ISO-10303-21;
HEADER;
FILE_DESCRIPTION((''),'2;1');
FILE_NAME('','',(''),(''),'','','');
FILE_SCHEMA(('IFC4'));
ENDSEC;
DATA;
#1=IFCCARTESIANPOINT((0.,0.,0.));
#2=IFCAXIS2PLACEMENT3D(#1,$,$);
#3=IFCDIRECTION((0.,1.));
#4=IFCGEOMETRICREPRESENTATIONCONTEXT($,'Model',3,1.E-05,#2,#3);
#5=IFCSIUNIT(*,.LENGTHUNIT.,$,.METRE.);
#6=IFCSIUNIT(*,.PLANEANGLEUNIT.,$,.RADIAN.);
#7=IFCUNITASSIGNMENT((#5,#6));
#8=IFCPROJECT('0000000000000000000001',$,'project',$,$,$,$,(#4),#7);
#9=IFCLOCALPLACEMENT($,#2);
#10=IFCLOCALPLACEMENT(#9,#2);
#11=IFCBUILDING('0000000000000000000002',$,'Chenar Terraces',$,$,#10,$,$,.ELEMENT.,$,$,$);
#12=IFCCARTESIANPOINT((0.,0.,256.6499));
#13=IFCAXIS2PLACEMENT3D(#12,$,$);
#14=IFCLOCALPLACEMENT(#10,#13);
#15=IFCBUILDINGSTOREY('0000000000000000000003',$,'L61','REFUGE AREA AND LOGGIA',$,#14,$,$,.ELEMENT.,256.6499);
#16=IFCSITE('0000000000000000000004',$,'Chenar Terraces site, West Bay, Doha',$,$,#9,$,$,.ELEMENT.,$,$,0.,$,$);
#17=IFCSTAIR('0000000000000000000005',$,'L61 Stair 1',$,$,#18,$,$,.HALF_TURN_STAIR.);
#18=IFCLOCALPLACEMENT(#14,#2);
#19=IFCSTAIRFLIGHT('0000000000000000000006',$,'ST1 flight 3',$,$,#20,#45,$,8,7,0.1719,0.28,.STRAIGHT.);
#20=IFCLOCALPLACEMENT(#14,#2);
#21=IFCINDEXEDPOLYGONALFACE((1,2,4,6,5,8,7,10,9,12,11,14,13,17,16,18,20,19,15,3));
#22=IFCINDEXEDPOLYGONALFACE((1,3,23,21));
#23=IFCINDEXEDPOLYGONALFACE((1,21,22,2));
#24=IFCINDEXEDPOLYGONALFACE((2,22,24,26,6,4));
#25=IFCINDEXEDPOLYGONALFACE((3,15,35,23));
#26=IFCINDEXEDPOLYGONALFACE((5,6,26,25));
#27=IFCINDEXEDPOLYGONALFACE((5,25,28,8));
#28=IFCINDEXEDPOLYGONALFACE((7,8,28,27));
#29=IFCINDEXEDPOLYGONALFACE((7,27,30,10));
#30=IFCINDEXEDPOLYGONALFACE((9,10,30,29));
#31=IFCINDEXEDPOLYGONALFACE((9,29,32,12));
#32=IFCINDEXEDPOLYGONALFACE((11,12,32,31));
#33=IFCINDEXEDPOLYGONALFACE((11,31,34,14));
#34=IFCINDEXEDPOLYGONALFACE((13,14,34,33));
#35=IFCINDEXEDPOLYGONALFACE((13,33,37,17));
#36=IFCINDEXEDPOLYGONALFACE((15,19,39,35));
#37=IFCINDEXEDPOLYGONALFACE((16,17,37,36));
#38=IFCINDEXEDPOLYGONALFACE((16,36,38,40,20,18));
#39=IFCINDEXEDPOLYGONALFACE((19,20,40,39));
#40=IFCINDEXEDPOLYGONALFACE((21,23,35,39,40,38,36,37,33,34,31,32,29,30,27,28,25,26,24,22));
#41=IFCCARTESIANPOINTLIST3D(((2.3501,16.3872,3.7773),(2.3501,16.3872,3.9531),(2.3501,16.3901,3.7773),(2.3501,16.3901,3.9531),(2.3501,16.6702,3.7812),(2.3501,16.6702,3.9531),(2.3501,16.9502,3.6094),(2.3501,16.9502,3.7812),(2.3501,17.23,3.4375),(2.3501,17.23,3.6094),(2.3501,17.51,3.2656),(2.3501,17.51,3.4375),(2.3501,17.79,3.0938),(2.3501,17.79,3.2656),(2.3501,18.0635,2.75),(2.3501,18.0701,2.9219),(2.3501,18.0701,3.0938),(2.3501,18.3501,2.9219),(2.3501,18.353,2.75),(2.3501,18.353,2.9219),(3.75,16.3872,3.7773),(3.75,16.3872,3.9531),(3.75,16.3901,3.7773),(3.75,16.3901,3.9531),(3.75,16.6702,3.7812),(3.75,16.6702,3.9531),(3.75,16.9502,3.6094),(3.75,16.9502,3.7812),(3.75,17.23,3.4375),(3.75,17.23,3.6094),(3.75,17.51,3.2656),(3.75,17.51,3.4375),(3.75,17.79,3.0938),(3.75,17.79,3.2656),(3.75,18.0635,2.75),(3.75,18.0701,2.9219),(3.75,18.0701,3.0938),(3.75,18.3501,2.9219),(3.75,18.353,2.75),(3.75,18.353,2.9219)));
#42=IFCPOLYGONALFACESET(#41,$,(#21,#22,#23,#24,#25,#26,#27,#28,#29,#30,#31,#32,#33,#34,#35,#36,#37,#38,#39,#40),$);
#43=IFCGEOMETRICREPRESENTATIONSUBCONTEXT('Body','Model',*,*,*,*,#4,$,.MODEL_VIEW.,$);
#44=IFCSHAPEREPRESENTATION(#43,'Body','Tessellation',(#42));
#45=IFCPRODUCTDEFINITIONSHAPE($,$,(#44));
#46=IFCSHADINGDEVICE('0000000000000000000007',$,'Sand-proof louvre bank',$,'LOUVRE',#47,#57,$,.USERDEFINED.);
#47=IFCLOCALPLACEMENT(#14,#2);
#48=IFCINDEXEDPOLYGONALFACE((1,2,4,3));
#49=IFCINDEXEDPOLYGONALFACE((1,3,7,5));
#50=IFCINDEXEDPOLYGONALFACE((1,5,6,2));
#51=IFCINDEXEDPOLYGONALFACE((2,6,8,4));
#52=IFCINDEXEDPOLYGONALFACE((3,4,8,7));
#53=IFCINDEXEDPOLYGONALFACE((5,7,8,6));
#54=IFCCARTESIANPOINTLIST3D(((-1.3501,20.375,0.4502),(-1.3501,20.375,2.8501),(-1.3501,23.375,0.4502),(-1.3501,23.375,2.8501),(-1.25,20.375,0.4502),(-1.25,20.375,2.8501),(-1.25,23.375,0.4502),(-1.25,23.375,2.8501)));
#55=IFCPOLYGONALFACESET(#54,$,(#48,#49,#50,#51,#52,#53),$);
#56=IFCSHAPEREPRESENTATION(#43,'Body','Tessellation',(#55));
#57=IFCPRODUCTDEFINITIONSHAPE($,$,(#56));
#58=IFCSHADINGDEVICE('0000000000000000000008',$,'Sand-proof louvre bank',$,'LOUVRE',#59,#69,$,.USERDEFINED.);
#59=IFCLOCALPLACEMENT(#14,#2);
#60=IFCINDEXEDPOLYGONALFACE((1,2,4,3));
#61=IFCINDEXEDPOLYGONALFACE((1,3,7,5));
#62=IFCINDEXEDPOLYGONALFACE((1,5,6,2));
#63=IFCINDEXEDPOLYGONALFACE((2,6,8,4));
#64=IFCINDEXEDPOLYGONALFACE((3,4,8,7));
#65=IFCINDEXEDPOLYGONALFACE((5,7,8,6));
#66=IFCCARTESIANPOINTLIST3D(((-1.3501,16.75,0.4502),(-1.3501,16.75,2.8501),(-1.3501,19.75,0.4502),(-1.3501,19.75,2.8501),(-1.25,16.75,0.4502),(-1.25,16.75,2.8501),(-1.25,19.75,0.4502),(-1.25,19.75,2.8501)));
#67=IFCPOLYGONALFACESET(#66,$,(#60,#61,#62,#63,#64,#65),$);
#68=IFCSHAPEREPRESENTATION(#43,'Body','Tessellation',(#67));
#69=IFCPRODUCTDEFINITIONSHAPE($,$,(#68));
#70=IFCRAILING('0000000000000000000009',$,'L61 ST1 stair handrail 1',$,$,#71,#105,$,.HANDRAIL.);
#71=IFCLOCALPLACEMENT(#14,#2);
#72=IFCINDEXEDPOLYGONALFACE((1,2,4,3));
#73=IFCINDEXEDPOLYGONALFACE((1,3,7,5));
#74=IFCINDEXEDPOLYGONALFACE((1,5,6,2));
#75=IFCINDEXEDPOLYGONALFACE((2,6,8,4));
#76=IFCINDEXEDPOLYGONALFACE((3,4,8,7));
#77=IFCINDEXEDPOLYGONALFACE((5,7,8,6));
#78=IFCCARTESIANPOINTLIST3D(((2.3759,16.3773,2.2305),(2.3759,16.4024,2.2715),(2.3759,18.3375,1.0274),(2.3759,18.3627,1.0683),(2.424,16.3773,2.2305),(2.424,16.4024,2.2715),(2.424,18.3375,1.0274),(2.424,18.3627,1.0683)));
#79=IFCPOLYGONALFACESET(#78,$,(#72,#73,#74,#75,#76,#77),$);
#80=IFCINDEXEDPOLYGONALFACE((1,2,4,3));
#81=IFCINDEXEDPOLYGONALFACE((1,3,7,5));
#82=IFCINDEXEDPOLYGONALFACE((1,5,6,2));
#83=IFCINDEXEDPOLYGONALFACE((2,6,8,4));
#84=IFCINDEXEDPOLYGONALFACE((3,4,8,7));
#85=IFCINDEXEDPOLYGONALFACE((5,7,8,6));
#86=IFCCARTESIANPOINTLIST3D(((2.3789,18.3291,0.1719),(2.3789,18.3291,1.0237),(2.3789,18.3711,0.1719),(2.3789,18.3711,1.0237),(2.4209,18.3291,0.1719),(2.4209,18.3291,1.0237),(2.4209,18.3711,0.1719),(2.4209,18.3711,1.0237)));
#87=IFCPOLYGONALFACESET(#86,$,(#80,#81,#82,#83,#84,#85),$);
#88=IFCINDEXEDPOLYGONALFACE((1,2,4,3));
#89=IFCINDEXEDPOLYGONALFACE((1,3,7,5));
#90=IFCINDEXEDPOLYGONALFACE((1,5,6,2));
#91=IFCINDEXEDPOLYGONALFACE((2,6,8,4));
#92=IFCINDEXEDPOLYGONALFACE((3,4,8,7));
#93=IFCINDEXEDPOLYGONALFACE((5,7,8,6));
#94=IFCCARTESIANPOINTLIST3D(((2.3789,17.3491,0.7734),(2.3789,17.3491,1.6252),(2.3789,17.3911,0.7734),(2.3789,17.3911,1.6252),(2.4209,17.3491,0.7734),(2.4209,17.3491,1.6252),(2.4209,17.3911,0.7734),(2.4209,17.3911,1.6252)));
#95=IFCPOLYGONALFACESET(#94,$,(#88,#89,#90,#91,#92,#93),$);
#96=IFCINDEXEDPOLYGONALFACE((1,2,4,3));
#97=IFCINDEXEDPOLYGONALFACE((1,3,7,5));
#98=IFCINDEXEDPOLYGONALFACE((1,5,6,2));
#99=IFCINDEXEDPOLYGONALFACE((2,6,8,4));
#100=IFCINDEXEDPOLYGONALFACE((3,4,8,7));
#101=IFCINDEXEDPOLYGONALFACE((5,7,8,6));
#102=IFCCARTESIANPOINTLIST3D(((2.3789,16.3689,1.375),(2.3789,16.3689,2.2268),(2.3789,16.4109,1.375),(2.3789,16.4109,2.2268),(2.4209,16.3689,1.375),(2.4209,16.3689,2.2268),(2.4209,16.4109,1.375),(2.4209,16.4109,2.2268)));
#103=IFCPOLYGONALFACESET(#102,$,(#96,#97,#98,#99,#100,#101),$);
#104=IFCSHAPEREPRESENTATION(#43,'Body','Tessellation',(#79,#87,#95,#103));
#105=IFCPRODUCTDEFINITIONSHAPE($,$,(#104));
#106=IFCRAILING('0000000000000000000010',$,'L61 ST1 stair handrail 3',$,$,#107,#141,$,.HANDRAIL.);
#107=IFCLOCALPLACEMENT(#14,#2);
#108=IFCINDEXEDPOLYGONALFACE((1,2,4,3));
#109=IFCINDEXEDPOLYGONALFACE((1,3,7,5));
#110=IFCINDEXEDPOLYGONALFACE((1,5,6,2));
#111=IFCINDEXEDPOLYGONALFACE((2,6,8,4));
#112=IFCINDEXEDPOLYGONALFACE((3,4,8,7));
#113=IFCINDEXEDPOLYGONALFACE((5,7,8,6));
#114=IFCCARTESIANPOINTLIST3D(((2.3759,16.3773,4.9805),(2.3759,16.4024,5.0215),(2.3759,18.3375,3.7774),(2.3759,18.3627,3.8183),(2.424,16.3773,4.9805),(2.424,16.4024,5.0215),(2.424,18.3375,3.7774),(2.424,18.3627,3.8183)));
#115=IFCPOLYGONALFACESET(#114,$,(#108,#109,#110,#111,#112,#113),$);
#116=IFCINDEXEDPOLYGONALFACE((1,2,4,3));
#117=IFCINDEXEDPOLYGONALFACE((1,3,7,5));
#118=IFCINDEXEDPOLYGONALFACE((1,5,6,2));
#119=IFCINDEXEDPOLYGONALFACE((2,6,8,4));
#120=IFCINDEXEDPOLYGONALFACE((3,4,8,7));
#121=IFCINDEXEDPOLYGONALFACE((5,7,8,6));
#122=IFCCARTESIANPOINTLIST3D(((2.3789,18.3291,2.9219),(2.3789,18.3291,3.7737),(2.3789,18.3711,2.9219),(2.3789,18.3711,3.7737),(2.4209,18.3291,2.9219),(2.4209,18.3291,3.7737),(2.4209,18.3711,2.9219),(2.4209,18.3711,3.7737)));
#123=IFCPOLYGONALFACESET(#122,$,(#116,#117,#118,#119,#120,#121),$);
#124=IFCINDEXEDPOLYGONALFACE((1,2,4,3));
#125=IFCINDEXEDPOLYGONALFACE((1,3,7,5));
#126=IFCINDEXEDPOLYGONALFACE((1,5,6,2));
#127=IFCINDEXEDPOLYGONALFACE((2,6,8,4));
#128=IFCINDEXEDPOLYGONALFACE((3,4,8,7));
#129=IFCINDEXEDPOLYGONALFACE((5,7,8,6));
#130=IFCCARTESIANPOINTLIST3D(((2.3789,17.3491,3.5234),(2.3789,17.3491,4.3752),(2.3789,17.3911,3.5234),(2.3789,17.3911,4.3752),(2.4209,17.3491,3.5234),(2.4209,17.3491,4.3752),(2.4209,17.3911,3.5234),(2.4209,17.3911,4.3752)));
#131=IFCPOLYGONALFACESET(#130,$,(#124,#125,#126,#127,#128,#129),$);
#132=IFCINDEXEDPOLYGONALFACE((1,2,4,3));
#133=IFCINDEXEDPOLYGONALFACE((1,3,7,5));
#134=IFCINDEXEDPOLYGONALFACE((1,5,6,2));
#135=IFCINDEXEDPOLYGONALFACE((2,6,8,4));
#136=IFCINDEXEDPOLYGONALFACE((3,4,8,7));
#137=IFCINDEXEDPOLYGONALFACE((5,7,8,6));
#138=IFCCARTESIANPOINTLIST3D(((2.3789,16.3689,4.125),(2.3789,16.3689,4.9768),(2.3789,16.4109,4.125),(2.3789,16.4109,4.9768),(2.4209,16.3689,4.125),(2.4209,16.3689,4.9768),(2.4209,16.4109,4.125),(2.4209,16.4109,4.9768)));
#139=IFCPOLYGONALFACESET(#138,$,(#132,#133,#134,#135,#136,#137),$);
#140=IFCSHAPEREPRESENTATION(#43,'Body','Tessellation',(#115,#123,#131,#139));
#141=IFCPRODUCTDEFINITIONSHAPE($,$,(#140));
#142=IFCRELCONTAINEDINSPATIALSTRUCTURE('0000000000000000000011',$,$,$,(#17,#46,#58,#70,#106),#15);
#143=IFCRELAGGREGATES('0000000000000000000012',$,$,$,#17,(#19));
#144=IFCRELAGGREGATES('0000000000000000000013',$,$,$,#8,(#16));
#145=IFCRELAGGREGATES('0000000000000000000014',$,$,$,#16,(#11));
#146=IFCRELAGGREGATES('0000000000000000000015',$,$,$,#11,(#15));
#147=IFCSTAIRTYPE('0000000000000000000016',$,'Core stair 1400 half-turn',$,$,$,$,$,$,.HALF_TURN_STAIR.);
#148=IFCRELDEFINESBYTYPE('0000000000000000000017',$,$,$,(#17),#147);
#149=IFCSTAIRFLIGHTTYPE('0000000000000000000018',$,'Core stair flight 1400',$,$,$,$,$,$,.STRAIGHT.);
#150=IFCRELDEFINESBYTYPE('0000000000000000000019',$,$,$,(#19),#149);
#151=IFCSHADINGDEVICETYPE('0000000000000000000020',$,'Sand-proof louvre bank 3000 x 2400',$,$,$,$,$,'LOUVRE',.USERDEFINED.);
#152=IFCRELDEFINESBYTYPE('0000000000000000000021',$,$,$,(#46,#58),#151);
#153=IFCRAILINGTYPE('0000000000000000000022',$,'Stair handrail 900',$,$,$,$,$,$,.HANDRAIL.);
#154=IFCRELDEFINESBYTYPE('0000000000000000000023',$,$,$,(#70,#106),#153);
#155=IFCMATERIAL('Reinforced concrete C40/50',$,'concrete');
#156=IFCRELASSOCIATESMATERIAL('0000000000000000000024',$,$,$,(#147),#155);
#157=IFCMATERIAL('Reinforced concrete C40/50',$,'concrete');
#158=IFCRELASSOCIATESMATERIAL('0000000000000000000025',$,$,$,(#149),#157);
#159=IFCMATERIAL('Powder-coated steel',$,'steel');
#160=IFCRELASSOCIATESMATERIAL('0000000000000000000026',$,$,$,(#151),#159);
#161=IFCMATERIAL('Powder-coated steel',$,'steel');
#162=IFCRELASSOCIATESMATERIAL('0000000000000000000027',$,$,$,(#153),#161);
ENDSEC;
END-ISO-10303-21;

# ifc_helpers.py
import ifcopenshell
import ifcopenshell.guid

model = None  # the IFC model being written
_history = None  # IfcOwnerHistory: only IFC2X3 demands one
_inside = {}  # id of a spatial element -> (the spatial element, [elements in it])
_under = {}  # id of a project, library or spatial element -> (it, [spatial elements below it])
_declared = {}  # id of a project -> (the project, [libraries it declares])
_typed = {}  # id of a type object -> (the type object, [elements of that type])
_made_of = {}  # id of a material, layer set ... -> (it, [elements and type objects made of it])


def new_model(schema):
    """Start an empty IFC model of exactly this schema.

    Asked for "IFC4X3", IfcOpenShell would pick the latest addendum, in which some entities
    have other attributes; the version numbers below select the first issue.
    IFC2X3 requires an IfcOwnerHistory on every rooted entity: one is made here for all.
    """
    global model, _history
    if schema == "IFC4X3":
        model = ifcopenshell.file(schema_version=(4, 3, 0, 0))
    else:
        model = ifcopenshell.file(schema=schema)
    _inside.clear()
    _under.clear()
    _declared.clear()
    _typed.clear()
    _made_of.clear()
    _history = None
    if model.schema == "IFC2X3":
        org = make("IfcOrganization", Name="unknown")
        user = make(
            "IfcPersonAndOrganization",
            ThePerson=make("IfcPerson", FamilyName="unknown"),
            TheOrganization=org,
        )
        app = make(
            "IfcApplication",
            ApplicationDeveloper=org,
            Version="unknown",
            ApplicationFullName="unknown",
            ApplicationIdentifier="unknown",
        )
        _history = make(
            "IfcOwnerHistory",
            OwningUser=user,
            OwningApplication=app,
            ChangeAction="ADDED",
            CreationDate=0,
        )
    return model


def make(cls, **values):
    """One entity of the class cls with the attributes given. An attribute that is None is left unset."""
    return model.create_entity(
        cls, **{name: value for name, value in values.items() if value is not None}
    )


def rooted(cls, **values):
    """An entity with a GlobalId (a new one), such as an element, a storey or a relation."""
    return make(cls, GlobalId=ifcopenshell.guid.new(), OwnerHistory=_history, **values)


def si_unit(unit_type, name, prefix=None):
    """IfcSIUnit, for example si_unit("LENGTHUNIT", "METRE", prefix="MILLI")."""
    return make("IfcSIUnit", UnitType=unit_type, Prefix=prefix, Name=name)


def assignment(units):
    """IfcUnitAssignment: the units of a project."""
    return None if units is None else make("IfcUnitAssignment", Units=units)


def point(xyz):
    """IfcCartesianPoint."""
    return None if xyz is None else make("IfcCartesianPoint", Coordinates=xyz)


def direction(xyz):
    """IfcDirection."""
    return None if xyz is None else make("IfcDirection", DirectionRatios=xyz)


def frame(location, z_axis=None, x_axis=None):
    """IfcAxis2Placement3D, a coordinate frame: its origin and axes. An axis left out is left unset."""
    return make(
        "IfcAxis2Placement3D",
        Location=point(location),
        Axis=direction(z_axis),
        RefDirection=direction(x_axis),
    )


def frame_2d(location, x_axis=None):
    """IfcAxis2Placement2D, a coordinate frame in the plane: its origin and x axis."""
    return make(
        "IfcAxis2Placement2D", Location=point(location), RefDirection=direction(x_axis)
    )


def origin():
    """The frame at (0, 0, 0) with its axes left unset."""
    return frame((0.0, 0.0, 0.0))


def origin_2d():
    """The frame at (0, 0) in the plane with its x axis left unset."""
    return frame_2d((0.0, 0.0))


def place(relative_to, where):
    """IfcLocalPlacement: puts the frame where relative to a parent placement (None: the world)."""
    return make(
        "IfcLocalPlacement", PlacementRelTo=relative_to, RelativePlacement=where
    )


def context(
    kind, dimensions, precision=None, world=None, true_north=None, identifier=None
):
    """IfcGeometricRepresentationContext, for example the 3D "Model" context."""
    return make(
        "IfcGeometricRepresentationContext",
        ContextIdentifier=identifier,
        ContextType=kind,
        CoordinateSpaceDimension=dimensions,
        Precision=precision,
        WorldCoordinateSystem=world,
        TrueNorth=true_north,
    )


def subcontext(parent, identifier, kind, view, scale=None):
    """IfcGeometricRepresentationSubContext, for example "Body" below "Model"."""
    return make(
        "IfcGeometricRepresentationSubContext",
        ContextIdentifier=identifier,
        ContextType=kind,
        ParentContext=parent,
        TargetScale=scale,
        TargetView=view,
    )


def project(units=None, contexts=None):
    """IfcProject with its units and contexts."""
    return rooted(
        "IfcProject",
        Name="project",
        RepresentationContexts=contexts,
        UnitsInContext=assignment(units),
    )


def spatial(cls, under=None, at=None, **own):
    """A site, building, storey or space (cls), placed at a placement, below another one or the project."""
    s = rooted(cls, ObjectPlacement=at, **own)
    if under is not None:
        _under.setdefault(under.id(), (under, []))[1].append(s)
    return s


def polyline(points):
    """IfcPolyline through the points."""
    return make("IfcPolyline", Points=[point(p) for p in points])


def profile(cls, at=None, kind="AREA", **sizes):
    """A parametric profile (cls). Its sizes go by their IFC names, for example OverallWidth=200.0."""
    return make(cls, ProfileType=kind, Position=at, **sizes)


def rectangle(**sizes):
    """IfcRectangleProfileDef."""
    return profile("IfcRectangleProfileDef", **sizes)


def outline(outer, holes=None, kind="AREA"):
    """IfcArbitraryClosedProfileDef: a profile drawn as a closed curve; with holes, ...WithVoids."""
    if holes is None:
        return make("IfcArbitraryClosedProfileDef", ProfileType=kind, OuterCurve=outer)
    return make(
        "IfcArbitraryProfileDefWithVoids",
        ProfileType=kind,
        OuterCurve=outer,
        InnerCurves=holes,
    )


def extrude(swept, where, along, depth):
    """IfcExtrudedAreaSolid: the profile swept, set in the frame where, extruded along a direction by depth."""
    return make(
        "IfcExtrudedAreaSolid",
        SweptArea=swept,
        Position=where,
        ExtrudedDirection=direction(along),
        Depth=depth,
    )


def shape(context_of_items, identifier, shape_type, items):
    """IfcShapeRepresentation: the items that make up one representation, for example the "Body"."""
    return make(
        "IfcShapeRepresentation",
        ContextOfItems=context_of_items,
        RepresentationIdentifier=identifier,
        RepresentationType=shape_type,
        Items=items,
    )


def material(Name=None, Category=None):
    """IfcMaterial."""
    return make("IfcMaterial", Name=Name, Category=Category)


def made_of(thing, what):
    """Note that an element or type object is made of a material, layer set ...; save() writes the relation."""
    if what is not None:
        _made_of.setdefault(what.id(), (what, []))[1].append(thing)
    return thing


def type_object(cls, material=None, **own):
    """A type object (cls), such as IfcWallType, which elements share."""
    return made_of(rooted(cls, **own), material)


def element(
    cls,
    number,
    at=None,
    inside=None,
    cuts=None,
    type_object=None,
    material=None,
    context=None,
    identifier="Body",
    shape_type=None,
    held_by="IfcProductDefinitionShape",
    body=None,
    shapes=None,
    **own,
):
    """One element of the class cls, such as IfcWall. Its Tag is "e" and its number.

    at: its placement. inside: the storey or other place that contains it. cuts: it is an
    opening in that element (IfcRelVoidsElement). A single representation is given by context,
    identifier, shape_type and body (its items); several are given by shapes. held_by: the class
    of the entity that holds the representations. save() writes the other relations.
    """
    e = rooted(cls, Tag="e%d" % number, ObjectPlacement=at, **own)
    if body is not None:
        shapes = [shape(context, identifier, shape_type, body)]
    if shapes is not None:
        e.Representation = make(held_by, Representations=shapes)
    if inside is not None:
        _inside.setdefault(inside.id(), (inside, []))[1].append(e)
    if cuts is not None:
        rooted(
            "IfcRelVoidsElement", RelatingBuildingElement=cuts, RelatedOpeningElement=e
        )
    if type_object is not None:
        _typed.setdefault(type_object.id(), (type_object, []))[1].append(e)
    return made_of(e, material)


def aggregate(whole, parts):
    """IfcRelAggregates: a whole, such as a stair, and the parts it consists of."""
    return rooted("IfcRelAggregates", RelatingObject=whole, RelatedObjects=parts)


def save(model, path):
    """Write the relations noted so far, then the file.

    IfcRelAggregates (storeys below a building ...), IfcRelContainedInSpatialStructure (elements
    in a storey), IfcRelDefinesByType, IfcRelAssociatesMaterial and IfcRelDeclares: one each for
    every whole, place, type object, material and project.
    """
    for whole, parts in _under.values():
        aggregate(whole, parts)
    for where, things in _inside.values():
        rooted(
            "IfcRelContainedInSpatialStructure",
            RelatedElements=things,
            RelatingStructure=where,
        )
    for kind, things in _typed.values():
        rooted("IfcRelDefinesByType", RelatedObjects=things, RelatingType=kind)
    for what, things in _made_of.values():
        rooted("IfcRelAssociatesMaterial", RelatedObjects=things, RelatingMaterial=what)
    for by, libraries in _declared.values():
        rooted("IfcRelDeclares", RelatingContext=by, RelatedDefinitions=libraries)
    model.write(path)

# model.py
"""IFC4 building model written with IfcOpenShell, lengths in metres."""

from ifc_helpers import new_model, si_unit, direction, frame, origin, origin_2d, place, context, subcontext, project, spatial, polyline, rectangle, outline, extrude, material, type_object, element, aggregate, save


model = new_model("IFC4")

# Units and contexts
model_context = context("Model", 3, precision=1e-05, world=origin(), true_north=direction((0.0, 1.0)))
body_context = subcontext(model_context, "Body", "Model", "MODEL_VIEW")
ifc_project = project(units=[si_unit("LENGTHUNIT", "METRE"), si_unit("PLANEANGLEUNIT", "RADIAN")], contexts=[model_context])

# Site, building, storey
site_placement = place(None, origin())
site = spatial("IfcSite", under=ifc_project, at=site_placement, Name="Chenar Terraces site, West Bay, Doha", CompositionType="ELEMENT", RefElevation=0.0)
building_placement = place(site_placement, origin())
building = spatial("IfcBuilding", under=site, at=building_placement, Name="Chenar Terraces", CompositionType="ELEMENT")
storey_placement = place(building_placement, frame((0.0, 0.0, 256.6499)))
storey = spatial("IfcBuildingStorey", under=building, at=storey_placement, Name="L61", Description="REFUGE AREA AND LOGGIA", CompositionType="ELEMENT", Elevation=256.6499)

# Stair, stair flight
ifc_material_1 = material(Name="Reinforced concrete C40/50", Category="concrete")
stair_type = type_object("IfcStairType", Name="Core stair 1400 half-turn", PredefinedType="HALF_TURN_STAIR", material=ifc_material_1)
stair_placement = place(storey_placement, origin())
stair = element("IfcStair", 1, at=stair_placement, inside=storey, type_object=stair_type, Name="L61 Stair 1", PredefinedType="HALF_TURN_STAIR")
ifc_material_2 = material(Name="Reinforced concrete C40/50", Category="concrete")
stair_flight_type = type_object("IfcStairFlightType", Name="Core stair flight 1400", PredefinedType="STRAIGHT", material=ifc_material_2)
stair_flight_1_placement = place(storey_placement, frame((3.05, 18.3501, 2.75), z_axis=(0.0, 0.0, 1.0), x_axis=(0.0, -1.0, 0.0)))
stair_flight_1 = element("IfcStairFlight", 2, at=stair_flight_1_placement, type_object=stair_flight_type, Name="ST1 flight 3", NumberOfRisers=8, NumberOfTreads=7, PredefinedType="STRAIGHT", RiserHeight=0.1719, TreadLength=0.28, context=body_context, shape_type="SweptSolid", body=[
    extrude(outline(polyline([(-0.0029, 0.0), (-0.0029, 0.1719), (0.0, 0.1719), (0.28, 0.1719), (0.28, 0.3438), (0.5601, 0.3438), (0.5601, 0.5156), (0.8401, 0.5156), (0.8401, 0.6875), (1.1201, 0.6875), (1.1201, 0.8594), (1.3999, 0.8594), (1.3999, 1.0312), (1.6799, 1.0312), (1.6799, 1.2031), (1.96, 1.2031), (1.9629, 1.2031), (1.9629, 1.0273), (1.96, 1.0273), (0.2866, 0.0), (-0.0029, 0.0)])), frame((0.0, 0.7, 0.0), z_axis=(0.0, -1.0, 0.0), x_axis=(1.0, 0.0, 0.0)), (0.0, 0.0, 1.0), 1.3999),
])
aggregate(stair, [stair_flight_1])

# Shading devices
ifc_material_3 = material(Name="Powder-coated steel", Category="steel")
shading_device_type = type_object("IfcShadingDeviceType", Name="Sand-proof louvre bank 3000 x 2400", ElementType="LOUVRE", PredefinedType="USERDEFINED", material=ifc_material_3)
for number, where, z_axis, x_axis, name in (
    (3, (-1.3, 21.875, 0.4502), (0.0, 0.0, 1.0), (0.0, -1.0, 0.0), "Sand-proof louvre bank"),
    (4, (-1.3, 18.25, 0.4502), (0.0, 0.0, 1.0), (0.0, -1.0, 0.0), "Sand-proof louvre bank"),
):
    element("IfcShadingDevice", number, at=place(storey_placement, frame(where, z_axis=z_axis, x_axis=x_axis)), inside=storey, type_object=shading_device_type, Name=name, ObjectType="LOUVRE", PredefinedType="USERDEFINED", context=body_context, shape_type="SweptSolid", body=[
        extrude(rectangle(XDim=3.0, YDim=0.1001, at=origin_2d()), origin(), (0.0, 0.0, 1.0), 2.3999),
    ])

# Railings
ifc_material_4 = material(Name="Powder-coated steel", Category="steel")
railing_type_1 = type_object("IfcRailingType", Name="Stair handrail 900", PredefinedType="HANDRAIL", material=ifc_material_4)
for number, where, name in (
    (5, (2.3999, 18.3501, 0.1719), "L61 ST1 stair handrail 1"),
    (6, (2.3999, 18.3501, 2.9219), "L61 ST1 stair handrail 3"),
):
    element("IfcRailing", number, at=place(storey_placement, frame(where)), inside=storey, type_object=railing_type_1, Name=name, PredefinedType="HANDRAIL", context=body_context, shape_type="SweptSolid", body=[
        extrude(rectangle(XDim=0.0481, YDim=0.0481, at=origin_2d()), frame((0.0, 0.0, 0.876), z_axis=(0.0, -0.85227, 0.523102), x_axis=(1.0, 0.0, 0.0)), (0.0, 0.0, 1.0), 2.3),
        extrude(rectangle(XDim=0.042, YDim=0.042, at=origin_2d()), origin(), (0.0, 0.0, 1.0), 0.8518),
        extrude(rectangle(XDim=0.042, YDim=0.042, at=origin_2d()), frame((0.0, -0.98, 0.6016)), (0.0, 0.0, 1.0), 0.8518),
        extrude(rectangle(XDim=0.042, YDim=0.042, at=origin_2d()), frame((0.0, -1.9602, 1.2031)), (0.0, 0.0, 1.0), 0.8518),
    ])

save(model, "model.ifc")
